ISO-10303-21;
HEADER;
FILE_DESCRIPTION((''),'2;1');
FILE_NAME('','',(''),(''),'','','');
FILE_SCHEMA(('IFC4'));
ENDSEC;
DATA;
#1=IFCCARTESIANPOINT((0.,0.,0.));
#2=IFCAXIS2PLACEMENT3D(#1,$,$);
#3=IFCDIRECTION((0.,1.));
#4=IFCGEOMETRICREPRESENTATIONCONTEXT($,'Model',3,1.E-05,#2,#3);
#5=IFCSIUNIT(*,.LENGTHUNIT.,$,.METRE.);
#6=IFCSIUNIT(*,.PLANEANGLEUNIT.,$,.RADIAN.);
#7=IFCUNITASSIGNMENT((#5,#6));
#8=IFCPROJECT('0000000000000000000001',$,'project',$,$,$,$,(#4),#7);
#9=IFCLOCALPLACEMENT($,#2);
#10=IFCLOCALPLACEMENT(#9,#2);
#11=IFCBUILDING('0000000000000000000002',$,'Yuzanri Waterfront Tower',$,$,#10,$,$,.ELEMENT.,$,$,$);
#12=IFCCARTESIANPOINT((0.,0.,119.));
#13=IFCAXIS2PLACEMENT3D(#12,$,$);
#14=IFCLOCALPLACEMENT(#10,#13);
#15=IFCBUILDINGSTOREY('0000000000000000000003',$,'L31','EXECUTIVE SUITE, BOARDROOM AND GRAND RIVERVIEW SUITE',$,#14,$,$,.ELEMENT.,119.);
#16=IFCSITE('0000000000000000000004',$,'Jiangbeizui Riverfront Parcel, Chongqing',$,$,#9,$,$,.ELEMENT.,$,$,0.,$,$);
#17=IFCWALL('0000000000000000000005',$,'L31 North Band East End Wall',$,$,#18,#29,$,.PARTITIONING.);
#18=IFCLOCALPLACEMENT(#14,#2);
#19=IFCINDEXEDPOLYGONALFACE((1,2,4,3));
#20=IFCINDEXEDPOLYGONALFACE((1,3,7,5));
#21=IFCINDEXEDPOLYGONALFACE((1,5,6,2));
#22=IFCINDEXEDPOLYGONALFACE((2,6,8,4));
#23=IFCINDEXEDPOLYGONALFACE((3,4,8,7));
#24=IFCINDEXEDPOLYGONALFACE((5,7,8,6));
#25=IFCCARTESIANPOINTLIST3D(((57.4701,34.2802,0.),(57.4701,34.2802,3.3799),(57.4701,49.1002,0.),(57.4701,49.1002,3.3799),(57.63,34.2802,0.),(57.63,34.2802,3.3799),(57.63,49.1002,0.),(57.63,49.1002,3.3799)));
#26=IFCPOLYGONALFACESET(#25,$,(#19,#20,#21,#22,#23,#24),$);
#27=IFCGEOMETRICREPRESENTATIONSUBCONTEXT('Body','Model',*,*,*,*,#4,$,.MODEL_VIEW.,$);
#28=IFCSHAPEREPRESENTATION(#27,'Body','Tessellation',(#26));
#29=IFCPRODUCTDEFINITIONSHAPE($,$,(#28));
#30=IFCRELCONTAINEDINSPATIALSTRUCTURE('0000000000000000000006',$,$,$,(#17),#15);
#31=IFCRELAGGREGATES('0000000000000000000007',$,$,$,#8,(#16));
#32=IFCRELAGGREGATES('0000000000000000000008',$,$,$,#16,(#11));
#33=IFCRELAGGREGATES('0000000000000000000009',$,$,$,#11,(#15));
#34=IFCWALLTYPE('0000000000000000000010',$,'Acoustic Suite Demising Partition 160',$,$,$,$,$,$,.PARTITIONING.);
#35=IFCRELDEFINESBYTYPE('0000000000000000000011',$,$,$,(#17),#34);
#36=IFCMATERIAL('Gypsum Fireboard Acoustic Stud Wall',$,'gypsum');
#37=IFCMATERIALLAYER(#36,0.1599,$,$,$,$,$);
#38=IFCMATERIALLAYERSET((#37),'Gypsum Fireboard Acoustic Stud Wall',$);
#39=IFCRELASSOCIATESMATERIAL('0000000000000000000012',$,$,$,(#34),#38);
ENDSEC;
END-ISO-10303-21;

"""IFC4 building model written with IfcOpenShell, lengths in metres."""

from ifc_helpers import new_model, si_unit, direction, frame, frame_2d, origin, place, context, subcontext, project, spatial, rectangle, extrude, source, transform, mapped, material, layer, layer_set, type_object, element, save


model = new_model("IFC4")

# Units and contexts
model_context = context("Model", 3, precision=1e-05, world=origin(), true_north=direction((0.0, 1.0)))
body_context = subcontext(model_context, "Body", "Model", "MODEL_VIEW")
ifc_project = project(units=[si_unit("LENGTHUNIT", "METRE"), si_unit("PLANEANGLEUNIT", "RADIAN")], contexts=[model_context])

# Site, building, storey
site_placement = place(None, origin())
site = spatial("IfcSite", under=ifc_project, at=site_placement, Name="Jiangbeizui Riverfront Parcel, Chongqing", CompositionType="ELEMENT", RefElevation=0.0)
building_placement = place(site_placement, origin())
building = spatial("IfcBuilding", under=site, at=building_placement, Name="Yuzanri Waterfront Tower", CompositionType="ELEMENT")
storey_placement = place(building_placement, frame((0.0, 0.0, 119.0)))
storey = spatial("IfcBuildingStorey", under=building, at=storey_placement, Name="L31", Description="EXECUTIVE SUITE, BOARDROOM AND GRAND RIVERVIEW SUITE", CompositionType="ELEMENT", Elevation=119.0)

# Wall
ifc_material_1 = material(Name="Gypsum Fireboard Acoustic Stud Wall", Category="gypsum")
ifc_layer_1 = layer(ifc_material_1, 0.1599)
ifc_layer_set_1 = layer_set([ifc_layer_1], Name="Gypsum Fireboard Acoustic Stud Wall")
wall_type_1 = type_object("IfcWallType", Name="Acoustic Suite Demising Partition 160", PredefinedType="PARTITIONING", material=ifc_layer_set_1)
shared_shape_1 = source(origin(), body_context, "Body", "SweptSolid", [
    extrude(rectangle(XDim=14.8201, YDim=0.1599, at=frame_2d((7.4102, 0.0))), origin(), (0.0, 0.0, 1.0), 3.3799),
])
wall_1_placement = place(storey_placement, frame((57.55, 34.28, 0.0), z_axis=(0.0, 0.0, 1.0), x_axis=(0.0, 1.0, 0.0)))
element("IfcWall", 1, at=wall_1_placement, inside=storey, type_object=wall_type_1, Name="L31 North Band East End Wall", PredefinedType="PARTITIONING", context=body_context, shape_type="MappedRepresentation", body=[
    mapped(shared_shape_1, transform((0.0, 0.0, 0.0), scale=1.0)),
])

save(model, "model.ifc")
